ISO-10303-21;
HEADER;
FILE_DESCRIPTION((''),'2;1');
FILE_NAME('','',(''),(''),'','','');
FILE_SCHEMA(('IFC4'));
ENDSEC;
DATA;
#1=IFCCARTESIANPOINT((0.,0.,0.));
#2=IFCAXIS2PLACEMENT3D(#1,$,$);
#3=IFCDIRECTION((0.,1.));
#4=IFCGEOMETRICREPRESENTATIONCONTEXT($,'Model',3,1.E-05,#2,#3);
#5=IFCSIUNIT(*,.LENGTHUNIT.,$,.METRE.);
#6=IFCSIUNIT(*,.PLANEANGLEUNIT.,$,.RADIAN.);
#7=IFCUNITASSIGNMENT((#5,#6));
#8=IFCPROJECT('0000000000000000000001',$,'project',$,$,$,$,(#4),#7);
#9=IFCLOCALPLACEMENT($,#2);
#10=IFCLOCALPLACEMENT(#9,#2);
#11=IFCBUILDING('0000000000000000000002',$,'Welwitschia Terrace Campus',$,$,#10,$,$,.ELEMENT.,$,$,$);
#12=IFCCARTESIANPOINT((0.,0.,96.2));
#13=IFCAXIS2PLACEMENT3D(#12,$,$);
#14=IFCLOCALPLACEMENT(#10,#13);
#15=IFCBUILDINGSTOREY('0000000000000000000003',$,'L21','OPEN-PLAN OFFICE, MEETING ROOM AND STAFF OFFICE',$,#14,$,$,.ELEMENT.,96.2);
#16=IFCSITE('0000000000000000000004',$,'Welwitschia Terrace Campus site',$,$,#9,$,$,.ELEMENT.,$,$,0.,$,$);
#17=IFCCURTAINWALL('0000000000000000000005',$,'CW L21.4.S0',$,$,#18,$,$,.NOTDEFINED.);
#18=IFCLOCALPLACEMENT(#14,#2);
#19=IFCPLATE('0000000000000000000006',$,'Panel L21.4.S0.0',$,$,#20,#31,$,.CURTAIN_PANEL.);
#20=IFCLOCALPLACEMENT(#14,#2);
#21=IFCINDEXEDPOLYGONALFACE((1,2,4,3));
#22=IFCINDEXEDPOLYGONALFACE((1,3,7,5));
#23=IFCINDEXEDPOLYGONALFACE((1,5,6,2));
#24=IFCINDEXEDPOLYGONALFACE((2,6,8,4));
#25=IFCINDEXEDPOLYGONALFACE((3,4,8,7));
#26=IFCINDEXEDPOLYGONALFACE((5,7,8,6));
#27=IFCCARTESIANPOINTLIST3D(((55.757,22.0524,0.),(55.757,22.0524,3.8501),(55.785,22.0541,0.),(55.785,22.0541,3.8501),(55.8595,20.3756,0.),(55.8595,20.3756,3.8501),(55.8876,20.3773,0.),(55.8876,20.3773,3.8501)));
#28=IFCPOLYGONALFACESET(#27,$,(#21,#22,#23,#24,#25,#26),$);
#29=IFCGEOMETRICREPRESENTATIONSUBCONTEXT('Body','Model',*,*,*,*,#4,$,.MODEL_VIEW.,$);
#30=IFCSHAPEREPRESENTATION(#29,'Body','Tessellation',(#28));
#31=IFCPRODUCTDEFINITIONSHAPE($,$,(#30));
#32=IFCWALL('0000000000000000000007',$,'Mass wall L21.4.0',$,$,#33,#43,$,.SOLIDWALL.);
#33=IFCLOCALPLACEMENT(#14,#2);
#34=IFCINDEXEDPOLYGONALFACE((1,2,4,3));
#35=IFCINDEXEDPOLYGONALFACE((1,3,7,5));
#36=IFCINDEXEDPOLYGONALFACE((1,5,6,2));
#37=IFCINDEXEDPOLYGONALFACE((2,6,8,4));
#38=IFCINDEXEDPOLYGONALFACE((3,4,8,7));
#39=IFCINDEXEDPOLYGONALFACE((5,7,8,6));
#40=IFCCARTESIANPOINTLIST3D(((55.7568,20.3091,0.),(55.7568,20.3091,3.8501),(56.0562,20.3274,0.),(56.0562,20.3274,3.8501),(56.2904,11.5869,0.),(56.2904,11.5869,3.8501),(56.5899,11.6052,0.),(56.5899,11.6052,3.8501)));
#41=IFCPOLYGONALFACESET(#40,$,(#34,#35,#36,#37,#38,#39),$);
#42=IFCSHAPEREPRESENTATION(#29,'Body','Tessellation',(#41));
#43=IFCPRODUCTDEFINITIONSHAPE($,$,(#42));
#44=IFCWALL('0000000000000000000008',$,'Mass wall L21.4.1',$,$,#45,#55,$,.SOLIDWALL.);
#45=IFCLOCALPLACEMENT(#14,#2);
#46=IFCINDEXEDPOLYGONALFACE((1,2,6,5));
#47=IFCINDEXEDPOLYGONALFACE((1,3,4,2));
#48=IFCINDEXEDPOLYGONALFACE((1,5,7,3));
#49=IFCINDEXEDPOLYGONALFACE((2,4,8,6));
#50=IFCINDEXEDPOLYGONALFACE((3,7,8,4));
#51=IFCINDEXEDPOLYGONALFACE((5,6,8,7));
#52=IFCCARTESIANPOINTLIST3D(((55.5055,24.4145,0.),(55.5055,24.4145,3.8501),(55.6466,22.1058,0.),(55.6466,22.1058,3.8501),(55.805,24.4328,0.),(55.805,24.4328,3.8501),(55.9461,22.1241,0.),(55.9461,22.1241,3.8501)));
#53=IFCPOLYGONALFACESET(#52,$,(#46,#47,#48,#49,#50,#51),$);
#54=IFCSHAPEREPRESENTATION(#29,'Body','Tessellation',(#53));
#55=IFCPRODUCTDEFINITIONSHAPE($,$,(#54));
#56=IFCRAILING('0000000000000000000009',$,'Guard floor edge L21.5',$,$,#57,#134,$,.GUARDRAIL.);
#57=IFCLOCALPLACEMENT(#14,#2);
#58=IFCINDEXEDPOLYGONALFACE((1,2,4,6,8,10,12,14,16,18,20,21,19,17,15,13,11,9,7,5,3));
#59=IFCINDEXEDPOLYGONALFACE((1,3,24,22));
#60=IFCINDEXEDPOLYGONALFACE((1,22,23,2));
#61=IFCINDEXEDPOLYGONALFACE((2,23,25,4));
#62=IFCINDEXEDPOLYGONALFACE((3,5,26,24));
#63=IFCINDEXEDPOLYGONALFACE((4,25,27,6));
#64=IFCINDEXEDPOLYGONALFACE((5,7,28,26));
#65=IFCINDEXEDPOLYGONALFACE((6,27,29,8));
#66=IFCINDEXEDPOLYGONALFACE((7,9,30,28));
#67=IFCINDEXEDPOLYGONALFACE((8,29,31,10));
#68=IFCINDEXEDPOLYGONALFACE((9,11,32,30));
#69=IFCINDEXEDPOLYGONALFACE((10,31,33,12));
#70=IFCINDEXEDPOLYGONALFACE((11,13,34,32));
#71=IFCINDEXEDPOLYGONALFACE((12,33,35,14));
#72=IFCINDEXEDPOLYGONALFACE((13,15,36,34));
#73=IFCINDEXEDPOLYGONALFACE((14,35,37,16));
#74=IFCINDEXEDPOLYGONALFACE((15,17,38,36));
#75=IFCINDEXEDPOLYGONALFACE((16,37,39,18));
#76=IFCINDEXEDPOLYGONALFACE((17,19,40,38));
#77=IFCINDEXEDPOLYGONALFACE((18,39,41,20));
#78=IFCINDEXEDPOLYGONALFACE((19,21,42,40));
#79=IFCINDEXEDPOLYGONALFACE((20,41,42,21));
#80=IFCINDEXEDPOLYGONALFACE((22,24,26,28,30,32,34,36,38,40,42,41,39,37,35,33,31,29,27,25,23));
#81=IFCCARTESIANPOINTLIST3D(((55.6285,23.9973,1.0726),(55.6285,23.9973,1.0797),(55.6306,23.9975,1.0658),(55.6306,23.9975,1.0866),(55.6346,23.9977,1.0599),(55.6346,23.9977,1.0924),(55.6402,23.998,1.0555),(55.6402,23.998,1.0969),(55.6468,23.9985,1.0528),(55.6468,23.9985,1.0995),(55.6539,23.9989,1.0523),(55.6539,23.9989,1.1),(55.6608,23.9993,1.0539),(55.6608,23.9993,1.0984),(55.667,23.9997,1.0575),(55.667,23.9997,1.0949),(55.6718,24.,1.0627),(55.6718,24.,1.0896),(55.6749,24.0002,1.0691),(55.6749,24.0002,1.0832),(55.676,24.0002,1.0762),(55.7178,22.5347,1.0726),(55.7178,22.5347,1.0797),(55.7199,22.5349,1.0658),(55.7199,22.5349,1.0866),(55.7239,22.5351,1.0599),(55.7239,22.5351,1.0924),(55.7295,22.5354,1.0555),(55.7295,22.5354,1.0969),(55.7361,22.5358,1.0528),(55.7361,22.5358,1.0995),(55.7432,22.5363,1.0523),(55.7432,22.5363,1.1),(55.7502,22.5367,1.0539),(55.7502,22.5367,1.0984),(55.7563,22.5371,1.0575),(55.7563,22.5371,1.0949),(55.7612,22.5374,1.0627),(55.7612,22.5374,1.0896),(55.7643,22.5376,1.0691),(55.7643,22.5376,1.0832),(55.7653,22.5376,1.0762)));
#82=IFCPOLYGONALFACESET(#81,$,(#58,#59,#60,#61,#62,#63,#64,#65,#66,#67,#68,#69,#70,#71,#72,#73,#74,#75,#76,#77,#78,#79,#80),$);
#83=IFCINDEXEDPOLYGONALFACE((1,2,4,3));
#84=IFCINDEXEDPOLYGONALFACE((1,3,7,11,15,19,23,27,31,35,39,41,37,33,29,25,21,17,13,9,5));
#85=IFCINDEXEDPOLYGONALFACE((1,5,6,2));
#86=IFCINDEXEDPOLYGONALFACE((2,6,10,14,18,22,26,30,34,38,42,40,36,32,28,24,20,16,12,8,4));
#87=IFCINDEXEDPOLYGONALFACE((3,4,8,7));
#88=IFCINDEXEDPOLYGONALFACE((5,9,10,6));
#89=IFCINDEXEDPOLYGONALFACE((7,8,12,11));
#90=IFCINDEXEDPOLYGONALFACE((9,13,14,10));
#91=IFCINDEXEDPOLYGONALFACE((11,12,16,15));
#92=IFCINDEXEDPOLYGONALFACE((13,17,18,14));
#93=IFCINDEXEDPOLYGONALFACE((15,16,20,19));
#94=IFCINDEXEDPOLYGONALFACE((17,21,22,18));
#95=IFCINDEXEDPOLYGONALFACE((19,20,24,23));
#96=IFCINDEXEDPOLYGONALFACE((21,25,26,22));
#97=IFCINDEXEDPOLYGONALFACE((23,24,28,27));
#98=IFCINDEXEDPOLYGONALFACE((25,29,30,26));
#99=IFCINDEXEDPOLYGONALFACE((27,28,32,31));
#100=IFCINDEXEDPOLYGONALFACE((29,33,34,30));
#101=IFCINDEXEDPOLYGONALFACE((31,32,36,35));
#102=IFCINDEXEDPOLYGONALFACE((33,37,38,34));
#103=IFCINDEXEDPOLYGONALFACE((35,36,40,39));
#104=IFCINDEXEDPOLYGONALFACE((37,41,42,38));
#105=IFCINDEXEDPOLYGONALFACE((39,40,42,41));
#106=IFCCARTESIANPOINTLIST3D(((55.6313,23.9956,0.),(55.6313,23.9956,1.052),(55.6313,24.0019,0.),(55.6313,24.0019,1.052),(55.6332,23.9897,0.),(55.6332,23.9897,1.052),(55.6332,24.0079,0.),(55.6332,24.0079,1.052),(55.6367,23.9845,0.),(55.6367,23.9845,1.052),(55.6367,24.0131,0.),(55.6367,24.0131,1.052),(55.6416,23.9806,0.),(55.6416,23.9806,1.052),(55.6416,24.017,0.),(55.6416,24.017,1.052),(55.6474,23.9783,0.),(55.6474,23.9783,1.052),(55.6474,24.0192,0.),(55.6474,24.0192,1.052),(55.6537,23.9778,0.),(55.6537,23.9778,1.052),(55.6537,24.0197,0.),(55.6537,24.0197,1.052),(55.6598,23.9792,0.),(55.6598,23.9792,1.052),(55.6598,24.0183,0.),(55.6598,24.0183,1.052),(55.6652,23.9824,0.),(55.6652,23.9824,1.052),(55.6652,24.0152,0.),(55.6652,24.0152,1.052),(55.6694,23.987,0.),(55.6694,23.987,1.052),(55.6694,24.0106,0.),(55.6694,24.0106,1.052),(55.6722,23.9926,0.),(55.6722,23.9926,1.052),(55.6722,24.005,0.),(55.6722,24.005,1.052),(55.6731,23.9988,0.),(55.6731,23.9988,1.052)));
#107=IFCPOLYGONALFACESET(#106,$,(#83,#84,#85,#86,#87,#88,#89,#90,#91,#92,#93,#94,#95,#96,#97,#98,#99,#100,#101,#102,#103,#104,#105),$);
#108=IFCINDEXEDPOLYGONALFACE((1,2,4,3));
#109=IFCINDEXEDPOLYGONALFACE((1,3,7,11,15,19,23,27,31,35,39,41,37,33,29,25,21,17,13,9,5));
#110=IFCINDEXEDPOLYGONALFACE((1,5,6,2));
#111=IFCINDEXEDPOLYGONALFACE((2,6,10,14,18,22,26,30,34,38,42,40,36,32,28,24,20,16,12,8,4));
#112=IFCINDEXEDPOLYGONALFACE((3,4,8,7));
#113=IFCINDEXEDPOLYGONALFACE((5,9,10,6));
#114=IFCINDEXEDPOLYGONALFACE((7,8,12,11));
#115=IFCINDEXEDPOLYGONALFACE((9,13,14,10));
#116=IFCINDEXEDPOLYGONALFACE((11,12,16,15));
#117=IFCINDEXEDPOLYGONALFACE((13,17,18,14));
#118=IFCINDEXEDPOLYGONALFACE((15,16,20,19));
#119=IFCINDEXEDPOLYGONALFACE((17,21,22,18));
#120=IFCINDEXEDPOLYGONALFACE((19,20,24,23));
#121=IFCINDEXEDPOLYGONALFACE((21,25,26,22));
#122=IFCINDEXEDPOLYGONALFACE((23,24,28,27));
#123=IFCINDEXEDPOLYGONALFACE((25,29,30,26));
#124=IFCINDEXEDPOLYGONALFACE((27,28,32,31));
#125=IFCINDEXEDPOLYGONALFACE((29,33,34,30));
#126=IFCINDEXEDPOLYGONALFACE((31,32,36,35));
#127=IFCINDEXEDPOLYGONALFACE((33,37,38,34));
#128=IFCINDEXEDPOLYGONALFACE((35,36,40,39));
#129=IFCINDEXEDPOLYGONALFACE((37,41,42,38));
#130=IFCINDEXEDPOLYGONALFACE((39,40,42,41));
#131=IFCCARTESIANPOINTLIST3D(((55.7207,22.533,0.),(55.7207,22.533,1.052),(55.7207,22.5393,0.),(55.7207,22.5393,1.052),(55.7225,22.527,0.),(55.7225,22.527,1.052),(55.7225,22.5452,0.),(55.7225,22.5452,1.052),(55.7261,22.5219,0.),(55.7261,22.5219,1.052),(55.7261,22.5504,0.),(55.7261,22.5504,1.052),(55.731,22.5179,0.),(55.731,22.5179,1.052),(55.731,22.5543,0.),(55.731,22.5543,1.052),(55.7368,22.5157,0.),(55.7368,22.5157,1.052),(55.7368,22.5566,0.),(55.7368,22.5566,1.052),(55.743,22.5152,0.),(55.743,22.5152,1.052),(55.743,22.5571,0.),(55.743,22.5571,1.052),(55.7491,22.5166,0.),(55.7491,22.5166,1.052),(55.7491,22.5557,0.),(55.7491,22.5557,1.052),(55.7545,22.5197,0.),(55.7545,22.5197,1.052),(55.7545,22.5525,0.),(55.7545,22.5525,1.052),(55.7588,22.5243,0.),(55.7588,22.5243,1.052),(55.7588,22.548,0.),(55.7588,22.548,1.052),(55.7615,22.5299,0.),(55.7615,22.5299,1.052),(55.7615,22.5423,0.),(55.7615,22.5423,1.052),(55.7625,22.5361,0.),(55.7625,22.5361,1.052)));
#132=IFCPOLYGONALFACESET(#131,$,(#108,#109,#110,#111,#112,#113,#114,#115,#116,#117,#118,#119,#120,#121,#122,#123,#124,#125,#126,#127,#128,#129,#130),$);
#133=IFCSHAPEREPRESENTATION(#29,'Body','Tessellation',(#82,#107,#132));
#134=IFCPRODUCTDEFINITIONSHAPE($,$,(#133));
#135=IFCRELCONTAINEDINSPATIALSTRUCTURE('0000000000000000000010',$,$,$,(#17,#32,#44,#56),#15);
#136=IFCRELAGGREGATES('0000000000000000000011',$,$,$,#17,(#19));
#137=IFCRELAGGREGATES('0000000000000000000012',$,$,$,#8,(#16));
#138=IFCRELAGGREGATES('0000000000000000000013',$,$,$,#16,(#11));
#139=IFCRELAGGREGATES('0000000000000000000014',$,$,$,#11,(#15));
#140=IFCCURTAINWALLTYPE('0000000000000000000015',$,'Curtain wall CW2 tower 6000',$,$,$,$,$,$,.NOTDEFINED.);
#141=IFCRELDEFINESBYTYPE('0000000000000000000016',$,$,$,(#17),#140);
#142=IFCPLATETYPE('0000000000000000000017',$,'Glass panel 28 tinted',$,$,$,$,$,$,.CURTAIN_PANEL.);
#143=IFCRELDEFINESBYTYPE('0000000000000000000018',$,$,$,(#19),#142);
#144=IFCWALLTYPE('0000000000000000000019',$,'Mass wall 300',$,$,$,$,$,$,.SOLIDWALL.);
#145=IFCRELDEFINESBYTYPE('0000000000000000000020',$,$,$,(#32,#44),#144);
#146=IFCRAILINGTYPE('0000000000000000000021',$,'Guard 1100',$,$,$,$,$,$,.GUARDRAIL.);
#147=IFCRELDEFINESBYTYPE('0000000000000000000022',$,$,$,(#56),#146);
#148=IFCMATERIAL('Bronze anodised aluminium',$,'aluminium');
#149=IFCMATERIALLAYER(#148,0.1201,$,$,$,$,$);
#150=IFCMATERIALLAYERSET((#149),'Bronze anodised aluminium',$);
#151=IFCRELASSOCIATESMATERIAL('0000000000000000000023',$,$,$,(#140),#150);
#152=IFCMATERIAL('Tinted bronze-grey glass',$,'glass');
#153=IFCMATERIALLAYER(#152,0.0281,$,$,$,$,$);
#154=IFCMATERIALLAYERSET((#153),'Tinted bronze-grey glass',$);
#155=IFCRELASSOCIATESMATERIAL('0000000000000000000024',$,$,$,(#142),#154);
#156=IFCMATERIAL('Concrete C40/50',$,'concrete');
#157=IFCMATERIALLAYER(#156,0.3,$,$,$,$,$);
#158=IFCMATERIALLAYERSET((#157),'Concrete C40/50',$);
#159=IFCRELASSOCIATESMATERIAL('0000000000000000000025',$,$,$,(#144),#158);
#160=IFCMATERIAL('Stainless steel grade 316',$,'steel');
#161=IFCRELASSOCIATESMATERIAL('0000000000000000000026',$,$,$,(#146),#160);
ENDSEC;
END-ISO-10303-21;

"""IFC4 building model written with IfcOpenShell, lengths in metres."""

from ifc_helpers import new_model, si_unit, direction, frame, frame_2d, origin, origin_2d, place, context, subcontext, project, spatial, rectangle, circle, extrude, material, layer, layer_set, type_object, element, aggregate, save


model = new_model("IFC4")

# Units and contexts
model_context = context("Model", 3, precision=1e-05, world=origin(), true_north=direction((0.0, 1.0)))
body_context = subcontext(model_context, "Body", "Model", "MODEL_VIEW")
ifc_project = project(units=[si_unit("LENGTHUNIT", "METRE"), si_unit("PLANEANGLEUNIT", "RADIAN")], contexts=[model_context])

# Site, building, storey
site_placement = place(None, origin())
site = spatial("IfcSite", under=ifc_project, at=site_placement, Name="Welwitschia Terrace Campus site", CompositionType="ELEMENT", RefElevation=0.0)
building_placement = place(site_placement, origin())
building = spatial("IfcBuilding", under=site, at=building_placement, Name="Welwitschia Terrace Campus", CompositionType="ELEMENT")
storey_placement = place(building_placement, frame((0.0, 0.0, 96.2)))
storey = spatial("IfcBuildingStorey", under=building, at=storey_placement, Name="L21", Description="OPEN-PLAN OFFICE, MEETING ROOM AND STAFF OFFICE", CompositionType="ELEMENT", Elevation=96.2)

# Shared definitions
ifc_material_1 = material(Name="Bronze anodised aluminium", Category="aluminium")
ifc_layer_1 = layer(ifc_material_1, 0.1201)
ifc_layer_set_1 = layer_set([ifc_layer_1], Name="Bronze anodised aluminium")
curtain_wall_type = type_object("IfcCurtainWallType", Name="Curtain wall CW2 tower 6000", PredefinedType="NOTDEFINED", material=ifc_layer_set_1)

# Curtain wall
curtain_wall_1_placement = place(storey_placement, origin())
curtain_wall_1 = element("IfcCurtainWall", 1, at=curtain_wall_1_placement, inside=storey, type_object=curtain_wall_type, Name="CW L21.4.S0", PredefinedType="NOTDEFINED")

# Plate
ifc_material_2 = material(Name="Tinted bronze-grey glass", Category="glass")
ifc_layer_2 = layer(ifc_material_2, 0.0281)
ifc_layer_set_2 = layer_set([ifc_layer_2], Name="Tinted bronze-grey glass")
plate_type = type_object("IfcPlateType", Name="Glass panel 28 tinted", PredefinedType="CURTAIN_PANEL", material=ifc_layer_set_2)
plate_1_placement = place(storey_placement, frame((55.8223, 21.2148, 0.0), z_axis=(0.0, 0.0, 1.0), x_axis=(-0.061049, 0.998135, 0.0)))
plate_1 = element("IfcPlate", 2, at=plate_1_placement, type_object=plate_type, Name="Panel L21.4.S0.0", PredefinedType="CURTAIN_PANEL", context=body_context, shape_type="SweptSolid", body=[
    extrude(rectangle(XDim=1.6799, YDim=0.0281, at=origin_2d()), origin(), (0.0, 0.0, 1.0), 3.8501),
])
aggregate(curtain_wall_1, [plate_1])

# Walls
ifc_material_3 = material(Name="Concrete C40/50", Category="concrete")
ifc_layer_3 = layer(ifc_material_3, 0.3)
ifc_layer_set_3 = layer_set([ifc_layer_3], Name="Concrete C40/50")
wall_type = type_object("IfcWallType", Name="Mass wall 300", PredefinedType="SOLIDWALL", material=ifc_layer_set_3)
wall_1_placement = place(storey_placement, frame((56.4402, 11.5962, 0.0), z_axis=(0.0, 0.0, 1.0), x_axis=(-0.061074, 0.998133, 0.0)))
element("IfcWall", 3, at=wall_1_placement, inside=storey, type_object=wall_type, Name="Mass wall L21.4.0", PredefinedType="SOLIDWALL", context=body_context, shape_type="SweptSolid", body=[
    extrude(rectangle(XDim=8.7385, YDim=0.3, at=frame_2d((4.3691, 0.0))), origin(), (0.0, 0.0, 1.0), 3.8501),
])
wall_2_placement = place(storey_placement, frame((55.7964, 22.115, 0.0), z_axis=(0.0, 0.0, 1.0), x_axis=(-0.061011, 0.998137, 0.0)))
element("IfcWall", 4, at=wall_2_placement, inside=storey, type_object=wall_type, Name="Mass wall L21.4.1", PredefinedType="SOLIDWALL", context=body_context, shape_type="SweptSolid", body=[
    extrude(rectangle(XDim=2.313, YDim=0.3, at=frame_2d((1.1565, 0.0))), origin(), (0.0, 0.0, 1.0), 3.8501),
])

# Railing
ifc_material_4 = material(Name="Stainless steel grade 316", Category="steel")
railing_type = type_object("IfcRailingType", Name="Guard 1100", PredefinedType="GUARDRAIL", material=ifc_material_4)
railing_1_placement = place(storey_placement, frame((55.6521, 23.9988, 0.0)))
element("IfcRailing", 5, at=railing_1_placement, inside=storey, type_object=railing_type, Name="Guard floor edge L21.5", PredefinedType="GUARDRAIL", context=body_context, shape_type="SweptSolid", body=[
    extrude(circle(Radius=0.0239, at=origin_2d()), frame((0.0, 0.0, 1.0762), z_axis=(0.060978, -0.998139, 0.0), x_axis=(0.998139, 0.060978, 0.0)), (0.0, 0.0, 1.0), 1.4653),
    extrude(circle(Radius=0.021, at=origin_2d()), origin(), (0.0, 0.0, 1.0), 1.052),
    extrude(circle(Radius=0.021, at=origin_2d()), frame((0.0894, -1.4626, 0.0)), (0.0, 0.0, 1.0), 1.052),
])

save(model, "model.ifc")
